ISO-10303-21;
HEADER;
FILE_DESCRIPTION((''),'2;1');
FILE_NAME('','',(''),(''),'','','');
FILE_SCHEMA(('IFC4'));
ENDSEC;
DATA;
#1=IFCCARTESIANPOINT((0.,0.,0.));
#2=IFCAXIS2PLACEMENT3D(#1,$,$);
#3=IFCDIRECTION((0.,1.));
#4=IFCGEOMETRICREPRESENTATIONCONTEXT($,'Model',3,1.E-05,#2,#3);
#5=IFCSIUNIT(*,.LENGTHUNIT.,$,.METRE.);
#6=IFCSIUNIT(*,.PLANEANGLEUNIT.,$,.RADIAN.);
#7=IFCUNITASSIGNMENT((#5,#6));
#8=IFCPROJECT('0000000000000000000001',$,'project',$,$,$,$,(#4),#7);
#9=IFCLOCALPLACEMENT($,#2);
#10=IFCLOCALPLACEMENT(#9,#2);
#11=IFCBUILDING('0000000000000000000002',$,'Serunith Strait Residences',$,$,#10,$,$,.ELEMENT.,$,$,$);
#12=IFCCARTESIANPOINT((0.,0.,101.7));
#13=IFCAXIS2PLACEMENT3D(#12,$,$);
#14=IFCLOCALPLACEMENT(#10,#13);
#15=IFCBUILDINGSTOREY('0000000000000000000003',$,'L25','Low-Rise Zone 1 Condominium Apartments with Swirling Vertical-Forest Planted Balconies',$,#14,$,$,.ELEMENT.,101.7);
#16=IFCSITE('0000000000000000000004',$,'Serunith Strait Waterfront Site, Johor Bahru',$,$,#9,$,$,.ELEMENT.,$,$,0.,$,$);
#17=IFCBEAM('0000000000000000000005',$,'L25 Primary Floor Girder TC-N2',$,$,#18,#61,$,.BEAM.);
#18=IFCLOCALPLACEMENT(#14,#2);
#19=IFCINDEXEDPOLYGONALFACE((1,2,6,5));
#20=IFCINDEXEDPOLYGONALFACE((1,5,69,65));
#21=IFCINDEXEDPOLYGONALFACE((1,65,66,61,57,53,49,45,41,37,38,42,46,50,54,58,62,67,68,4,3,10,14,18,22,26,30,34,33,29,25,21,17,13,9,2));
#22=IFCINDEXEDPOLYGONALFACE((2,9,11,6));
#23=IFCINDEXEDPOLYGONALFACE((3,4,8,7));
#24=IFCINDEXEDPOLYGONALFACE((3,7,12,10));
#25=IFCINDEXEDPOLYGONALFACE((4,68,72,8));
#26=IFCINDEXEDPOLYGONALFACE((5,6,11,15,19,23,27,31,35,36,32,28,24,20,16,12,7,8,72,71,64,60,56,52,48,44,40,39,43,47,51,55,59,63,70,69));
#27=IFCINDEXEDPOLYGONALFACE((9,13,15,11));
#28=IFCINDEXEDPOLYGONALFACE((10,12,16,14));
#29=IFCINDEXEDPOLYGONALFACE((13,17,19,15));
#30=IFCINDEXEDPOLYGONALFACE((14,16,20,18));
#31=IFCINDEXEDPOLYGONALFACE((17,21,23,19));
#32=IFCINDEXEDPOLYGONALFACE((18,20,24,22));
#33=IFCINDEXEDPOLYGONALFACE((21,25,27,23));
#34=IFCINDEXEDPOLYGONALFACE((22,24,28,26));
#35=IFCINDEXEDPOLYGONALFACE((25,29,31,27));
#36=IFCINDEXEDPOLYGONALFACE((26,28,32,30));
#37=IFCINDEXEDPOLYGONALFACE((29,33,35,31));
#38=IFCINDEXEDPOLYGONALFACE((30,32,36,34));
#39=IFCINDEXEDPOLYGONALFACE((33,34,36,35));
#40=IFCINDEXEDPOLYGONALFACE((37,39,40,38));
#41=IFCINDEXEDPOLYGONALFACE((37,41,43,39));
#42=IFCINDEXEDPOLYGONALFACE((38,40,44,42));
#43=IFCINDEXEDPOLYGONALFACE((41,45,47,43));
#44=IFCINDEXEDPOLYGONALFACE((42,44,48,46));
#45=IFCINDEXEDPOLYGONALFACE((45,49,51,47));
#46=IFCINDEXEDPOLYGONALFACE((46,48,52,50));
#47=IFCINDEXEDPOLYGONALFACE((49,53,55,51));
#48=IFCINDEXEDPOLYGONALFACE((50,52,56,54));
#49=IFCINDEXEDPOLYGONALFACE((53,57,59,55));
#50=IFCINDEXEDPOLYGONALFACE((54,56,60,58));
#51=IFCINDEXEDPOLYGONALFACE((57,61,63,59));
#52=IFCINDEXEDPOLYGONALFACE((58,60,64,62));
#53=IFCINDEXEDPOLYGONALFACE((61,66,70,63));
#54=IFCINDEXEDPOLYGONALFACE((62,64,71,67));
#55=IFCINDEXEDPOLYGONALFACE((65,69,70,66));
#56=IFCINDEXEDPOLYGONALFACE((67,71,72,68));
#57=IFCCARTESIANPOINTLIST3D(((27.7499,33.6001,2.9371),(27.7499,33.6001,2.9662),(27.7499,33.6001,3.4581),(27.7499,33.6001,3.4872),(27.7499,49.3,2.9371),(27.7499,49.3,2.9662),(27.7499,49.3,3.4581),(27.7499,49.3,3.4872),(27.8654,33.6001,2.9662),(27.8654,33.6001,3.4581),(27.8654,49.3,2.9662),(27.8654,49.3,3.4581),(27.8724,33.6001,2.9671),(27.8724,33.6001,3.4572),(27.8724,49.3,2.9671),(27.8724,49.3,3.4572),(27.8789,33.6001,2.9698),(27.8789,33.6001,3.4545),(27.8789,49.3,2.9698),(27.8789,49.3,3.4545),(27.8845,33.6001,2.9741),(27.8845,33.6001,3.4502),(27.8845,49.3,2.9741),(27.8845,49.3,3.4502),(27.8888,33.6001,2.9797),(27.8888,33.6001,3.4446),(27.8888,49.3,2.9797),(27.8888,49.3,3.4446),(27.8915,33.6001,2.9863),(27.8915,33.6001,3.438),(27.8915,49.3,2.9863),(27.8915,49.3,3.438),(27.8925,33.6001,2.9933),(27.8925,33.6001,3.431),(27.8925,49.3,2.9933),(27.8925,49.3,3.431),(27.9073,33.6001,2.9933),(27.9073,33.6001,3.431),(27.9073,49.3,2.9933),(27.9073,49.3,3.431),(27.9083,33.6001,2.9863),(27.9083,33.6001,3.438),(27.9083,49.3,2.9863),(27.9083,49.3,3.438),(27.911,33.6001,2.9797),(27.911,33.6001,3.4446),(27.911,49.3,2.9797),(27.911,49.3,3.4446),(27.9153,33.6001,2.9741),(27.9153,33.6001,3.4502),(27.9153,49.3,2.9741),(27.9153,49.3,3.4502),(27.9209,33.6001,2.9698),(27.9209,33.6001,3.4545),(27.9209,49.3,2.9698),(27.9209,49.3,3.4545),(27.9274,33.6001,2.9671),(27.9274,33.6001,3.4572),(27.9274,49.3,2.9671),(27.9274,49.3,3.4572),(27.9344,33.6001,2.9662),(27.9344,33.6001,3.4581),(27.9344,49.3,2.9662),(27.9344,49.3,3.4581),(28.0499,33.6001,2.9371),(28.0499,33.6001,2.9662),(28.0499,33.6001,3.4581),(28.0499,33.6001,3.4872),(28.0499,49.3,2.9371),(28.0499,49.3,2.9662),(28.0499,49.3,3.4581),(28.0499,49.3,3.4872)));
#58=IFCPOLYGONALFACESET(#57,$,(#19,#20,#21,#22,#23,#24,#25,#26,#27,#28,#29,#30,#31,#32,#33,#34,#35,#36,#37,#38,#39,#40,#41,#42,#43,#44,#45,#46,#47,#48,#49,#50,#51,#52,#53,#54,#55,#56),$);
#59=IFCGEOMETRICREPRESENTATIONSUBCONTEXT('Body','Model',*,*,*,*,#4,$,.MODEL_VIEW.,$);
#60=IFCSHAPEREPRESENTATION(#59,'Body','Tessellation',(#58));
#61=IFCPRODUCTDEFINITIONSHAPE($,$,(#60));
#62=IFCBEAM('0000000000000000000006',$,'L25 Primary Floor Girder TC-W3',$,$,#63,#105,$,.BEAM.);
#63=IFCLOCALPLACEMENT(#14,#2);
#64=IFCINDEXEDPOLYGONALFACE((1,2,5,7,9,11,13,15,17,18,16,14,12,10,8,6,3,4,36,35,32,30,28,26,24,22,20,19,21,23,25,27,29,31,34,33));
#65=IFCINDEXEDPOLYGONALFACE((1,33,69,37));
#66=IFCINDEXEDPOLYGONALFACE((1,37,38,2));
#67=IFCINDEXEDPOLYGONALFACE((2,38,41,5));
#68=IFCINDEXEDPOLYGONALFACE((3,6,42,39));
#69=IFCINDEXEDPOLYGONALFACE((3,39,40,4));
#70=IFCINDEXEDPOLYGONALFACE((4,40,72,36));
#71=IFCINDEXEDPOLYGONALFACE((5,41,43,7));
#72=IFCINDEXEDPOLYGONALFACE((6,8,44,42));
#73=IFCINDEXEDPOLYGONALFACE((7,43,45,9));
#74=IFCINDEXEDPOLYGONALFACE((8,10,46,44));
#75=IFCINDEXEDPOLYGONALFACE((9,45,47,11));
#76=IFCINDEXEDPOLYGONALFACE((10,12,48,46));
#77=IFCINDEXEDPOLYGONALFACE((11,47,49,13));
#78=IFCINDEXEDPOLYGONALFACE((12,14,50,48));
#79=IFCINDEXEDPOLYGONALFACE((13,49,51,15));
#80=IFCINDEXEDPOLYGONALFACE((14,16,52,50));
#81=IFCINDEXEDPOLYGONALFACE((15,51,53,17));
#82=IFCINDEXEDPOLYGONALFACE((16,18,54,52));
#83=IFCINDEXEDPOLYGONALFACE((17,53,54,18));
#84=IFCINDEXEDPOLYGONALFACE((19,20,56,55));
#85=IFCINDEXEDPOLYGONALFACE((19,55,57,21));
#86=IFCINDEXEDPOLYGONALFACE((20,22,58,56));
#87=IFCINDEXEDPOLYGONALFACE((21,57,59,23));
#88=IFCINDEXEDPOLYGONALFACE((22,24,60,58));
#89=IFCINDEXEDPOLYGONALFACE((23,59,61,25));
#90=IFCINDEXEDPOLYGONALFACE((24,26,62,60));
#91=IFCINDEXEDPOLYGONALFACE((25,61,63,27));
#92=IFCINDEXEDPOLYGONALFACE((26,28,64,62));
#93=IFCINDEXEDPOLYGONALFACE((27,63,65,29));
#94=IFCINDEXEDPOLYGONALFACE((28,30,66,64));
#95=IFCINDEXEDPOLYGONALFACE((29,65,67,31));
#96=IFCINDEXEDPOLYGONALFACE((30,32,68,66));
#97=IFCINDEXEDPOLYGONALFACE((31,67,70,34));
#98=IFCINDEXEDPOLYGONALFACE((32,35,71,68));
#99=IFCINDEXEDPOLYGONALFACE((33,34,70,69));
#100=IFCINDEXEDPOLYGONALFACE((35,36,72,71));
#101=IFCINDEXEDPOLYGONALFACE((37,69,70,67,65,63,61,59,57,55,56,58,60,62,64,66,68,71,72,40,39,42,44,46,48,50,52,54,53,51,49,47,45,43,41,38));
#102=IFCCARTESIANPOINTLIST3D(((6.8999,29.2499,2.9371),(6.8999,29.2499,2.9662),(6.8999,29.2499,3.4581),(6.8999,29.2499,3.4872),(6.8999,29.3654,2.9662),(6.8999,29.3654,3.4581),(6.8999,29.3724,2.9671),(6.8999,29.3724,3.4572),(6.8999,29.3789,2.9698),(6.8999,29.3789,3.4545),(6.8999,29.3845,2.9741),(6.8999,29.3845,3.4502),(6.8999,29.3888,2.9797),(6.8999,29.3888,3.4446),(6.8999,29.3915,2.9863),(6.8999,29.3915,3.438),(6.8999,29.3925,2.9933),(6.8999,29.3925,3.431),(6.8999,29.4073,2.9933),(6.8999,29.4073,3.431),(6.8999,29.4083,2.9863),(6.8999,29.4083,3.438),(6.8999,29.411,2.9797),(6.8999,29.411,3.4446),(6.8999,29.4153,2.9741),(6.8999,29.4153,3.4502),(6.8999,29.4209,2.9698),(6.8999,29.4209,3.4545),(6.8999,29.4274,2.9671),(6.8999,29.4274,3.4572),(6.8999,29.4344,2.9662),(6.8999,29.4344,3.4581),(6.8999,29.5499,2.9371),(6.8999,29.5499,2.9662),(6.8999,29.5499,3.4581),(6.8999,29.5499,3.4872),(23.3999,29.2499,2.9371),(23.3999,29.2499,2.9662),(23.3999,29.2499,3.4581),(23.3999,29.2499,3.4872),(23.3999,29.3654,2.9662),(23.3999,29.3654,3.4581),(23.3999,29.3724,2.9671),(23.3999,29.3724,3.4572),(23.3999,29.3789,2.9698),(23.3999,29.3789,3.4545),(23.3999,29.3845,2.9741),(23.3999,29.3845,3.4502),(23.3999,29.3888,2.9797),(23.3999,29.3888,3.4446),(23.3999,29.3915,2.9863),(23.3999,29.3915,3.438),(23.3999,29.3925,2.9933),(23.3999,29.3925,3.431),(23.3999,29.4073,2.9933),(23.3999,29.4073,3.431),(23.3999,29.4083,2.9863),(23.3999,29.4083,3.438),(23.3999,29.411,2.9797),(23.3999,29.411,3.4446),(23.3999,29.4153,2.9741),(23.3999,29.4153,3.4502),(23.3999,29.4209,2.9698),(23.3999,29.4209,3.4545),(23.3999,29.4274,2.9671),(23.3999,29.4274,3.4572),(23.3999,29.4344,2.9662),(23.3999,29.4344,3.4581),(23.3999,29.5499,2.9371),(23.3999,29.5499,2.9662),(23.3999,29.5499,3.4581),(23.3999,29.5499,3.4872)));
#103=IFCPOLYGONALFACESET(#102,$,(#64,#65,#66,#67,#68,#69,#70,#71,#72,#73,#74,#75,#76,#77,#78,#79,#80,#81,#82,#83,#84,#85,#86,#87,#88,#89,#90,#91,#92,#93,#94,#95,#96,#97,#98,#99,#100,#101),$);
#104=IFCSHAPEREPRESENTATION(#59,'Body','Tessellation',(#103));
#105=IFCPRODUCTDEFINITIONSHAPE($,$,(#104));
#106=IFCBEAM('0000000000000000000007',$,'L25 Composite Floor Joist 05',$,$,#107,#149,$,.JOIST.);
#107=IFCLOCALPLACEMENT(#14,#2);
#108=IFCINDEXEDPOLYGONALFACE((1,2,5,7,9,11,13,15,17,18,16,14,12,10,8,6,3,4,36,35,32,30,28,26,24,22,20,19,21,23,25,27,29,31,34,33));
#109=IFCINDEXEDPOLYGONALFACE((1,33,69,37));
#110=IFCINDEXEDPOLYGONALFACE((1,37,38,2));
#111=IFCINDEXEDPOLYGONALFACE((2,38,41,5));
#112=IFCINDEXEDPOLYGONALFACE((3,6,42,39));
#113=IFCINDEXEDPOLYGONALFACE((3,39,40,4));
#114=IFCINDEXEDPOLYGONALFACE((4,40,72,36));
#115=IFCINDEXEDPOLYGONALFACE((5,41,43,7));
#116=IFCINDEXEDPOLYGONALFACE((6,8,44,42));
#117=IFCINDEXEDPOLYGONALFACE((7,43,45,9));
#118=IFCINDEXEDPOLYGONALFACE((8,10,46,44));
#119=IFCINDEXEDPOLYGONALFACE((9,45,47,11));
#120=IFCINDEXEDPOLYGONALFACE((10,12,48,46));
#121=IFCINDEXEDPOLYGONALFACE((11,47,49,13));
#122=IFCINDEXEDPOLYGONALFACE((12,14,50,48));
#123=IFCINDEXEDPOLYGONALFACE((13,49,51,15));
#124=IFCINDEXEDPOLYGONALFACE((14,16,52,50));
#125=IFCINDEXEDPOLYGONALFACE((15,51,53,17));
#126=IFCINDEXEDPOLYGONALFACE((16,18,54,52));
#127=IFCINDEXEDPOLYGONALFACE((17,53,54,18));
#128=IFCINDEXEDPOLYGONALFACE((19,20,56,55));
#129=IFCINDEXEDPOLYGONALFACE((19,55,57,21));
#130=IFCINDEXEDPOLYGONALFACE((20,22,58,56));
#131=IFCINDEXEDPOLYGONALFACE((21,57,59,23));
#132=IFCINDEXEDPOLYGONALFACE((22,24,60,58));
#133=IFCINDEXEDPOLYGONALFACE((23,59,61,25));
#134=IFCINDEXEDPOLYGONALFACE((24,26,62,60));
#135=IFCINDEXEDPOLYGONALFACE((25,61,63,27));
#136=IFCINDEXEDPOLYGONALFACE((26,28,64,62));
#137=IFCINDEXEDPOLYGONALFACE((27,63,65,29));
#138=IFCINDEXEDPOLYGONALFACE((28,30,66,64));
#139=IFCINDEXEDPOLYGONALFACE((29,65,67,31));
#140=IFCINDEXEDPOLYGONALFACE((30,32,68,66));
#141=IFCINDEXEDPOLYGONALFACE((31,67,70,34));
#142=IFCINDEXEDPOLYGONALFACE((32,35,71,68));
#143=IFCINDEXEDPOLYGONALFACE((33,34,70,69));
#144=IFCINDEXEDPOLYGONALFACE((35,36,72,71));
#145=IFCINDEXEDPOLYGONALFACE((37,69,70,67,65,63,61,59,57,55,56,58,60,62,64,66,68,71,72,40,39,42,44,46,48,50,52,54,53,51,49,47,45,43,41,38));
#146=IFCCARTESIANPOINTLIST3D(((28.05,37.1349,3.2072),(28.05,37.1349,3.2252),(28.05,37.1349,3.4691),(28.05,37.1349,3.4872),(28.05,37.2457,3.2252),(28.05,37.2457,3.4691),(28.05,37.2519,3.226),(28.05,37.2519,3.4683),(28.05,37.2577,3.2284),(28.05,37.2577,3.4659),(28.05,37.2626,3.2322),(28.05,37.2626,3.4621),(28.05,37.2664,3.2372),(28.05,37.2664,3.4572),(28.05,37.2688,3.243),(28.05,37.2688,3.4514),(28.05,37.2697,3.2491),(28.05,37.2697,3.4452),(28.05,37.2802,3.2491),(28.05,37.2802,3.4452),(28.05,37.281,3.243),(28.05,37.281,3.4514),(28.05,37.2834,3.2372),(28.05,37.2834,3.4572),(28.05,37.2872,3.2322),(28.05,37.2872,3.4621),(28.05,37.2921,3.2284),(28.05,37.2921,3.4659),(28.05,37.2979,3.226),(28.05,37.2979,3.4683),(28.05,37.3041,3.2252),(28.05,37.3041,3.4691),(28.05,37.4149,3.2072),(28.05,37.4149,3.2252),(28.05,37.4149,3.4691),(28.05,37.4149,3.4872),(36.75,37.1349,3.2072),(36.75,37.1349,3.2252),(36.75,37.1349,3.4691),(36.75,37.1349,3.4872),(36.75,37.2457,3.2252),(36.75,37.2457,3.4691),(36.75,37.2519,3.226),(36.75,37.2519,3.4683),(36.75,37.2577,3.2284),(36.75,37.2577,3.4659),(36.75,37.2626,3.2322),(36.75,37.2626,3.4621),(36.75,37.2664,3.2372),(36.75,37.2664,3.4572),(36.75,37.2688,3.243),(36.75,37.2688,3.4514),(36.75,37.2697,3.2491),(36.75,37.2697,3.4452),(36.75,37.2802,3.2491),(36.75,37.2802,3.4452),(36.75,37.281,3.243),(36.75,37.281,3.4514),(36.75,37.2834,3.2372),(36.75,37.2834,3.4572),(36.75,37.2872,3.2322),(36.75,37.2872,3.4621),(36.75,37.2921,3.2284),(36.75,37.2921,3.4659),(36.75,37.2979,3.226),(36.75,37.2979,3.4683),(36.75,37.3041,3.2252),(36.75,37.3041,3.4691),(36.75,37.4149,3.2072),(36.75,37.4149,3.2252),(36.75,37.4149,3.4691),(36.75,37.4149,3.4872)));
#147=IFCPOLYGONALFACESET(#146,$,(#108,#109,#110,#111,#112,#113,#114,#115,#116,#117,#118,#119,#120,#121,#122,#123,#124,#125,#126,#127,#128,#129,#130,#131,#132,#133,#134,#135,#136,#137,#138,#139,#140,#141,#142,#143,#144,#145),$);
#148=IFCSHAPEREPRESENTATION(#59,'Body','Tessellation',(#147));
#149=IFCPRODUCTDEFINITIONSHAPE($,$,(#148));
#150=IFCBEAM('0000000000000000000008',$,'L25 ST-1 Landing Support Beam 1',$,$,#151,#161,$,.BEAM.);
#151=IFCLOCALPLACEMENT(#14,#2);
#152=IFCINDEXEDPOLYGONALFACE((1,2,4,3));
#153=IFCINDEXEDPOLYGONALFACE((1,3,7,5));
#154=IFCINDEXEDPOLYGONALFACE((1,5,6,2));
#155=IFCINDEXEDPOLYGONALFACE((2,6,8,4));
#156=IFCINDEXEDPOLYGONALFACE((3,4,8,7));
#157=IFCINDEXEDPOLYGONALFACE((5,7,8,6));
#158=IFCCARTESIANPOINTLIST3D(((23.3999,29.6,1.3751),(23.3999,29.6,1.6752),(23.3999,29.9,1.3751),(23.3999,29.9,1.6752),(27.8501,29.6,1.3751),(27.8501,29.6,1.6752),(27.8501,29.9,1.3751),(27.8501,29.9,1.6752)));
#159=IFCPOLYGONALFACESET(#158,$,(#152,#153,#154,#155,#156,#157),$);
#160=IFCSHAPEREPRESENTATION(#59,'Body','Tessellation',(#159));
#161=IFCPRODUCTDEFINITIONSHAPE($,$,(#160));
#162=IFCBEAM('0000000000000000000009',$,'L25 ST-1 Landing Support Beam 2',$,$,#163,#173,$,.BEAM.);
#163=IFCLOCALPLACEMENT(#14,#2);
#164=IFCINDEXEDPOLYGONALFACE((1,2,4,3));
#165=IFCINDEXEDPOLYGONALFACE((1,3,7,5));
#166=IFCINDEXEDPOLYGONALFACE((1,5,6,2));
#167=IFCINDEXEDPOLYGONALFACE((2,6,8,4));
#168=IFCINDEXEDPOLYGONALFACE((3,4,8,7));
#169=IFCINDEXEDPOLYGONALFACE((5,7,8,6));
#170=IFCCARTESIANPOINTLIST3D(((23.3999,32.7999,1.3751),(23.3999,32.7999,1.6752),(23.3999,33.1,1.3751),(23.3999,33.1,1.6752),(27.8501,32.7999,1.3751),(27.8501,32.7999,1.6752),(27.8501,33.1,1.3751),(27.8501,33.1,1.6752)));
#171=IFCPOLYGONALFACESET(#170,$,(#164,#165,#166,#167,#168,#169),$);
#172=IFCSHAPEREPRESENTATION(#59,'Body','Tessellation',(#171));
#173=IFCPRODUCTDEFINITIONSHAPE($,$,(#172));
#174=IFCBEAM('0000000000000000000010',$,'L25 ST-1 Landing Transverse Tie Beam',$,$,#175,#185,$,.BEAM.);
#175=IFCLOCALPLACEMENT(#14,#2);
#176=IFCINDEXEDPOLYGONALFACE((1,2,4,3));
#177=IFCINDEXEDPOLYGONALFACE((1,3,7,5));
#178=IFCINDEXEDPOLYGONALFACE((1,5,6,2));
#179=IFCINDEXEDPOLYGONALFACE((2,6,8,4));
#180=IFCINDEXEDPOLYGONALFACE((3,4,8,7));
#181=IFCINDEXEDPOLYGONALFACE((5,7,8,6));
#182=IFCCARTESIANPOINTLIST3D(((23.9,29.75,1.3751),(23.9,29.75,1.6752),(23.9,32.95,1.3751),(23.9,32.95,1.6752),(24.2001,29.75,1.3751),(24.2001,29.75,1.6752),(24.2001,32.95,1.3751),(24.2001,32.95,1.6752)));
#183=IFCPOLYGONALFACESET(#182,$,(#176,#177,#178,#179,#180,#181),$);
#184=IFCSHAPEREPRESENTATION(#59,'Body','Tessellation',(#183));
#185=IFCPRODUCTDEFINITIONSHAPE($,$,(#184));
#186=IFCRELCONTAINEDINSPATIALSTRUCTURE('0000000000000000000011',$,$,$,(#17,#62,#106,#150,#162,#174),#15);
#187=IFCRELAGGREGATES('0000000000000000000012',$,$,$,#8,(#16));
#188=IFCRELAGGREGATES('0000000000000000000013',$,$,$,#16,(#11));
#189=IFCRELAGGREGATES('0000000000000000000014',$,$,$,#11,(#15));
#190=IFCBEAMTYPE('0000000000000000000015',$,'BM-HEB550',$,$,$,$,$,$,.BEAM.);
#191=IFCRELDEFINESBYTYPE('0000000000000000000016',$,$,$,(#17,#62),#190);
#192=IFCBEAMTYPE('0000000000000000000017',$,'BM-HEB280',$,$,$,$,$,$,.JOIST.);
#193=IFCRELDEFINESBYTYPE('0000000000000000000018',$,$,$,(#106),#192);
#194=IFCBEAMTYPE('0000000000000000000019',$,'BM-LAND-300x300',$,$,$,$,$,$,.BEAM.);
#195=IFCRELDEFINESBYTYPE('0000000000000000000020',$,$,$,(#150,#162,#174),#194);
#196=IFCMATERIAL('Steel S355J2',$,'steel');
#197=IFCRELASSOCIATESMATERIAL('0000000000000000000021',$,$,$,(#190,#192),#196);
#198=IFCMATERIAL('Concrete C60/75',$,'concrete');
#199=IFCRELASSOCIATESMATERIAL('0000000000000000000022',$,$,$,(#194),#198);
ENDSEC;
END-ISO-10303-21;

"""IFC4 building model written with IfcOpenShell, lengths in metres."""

from ifc_helpers import new_model, si_unit, direction, frame, origin, origin_2d, place, context, subcontext, project, spatial, rectangle, i_section, extrude, source, transform, mapped, material, material_profile, profile_set, type_object, element, save


model = new_model("IFC4")

# Units and contexts
model_context = context("Model", 3, precision=1e-05, world=origin(), true_north=direction((0.0, 1.0)))
body_context = subcontext(model_context, "Body", "Model", "MODEL_VIEW")
ifc_project = project(units=[si_unit("LENGTHUNIT", "METRE"), si_unit("PLANEANGLEUNIT", "RADIAN")], contexts=[model_context])

# Site, building, storey
site_placement = place(None, origin())
site = spatial("IfcSite", under=ifc_project, at=site_placement, Name="Serunith Strait Waterfront Site, Johor Bahru", CompositionType="ELEMENT", RefElevation=0.0)
building_placement = place(site_placement, origin())
building = spatial("IfcBuilding", under=site, at=building_placement, Name="Serunith Strait Residences", CompositionType="ELEMENT")
storey_placement = place(building_placement, frame((0.0, 0.0, 101.7)))
storey = spatial("IfcBuildingStorey", under=building, at=storey_placement, Name="L25", Description="Low-Rise Zone 1 Condominium Apartments with Swirling Vertical-Forest Planted Balconies", CompositionType="ELEMENT", Elevation=101.7)

# Beams
ifc_material_1 = material(Name="Steel S355J2", Category="steel")
ifc_material_profile_1 = material_profile(ifc_material_1, i_section(OverallWidth=0.3, OverallDepth=0.55, WebThickness=0.0149, FlangeThickness=0.0291, FilletRadius=0.0271, at=origin_2d()), Name="HEB 550")
ifc_profile_set_1 = profile_set([ifc_material_profile_1], Name="Steel S355J2")
beam_type_1 = type_object("IfcBeamType", Name="BM-HEB550", PredefinedType="BEAM", material=ifc_profile_set_1)
shared_shape_1 = source(origin(), body_context, "Body", "SweptSolid", [
    extrude(i_section(OverallWidth=0.3, OverallDepth=0.55, WebThickness=0.0149, FlangeThickness=0.0291, FilletRadius=0.0271, at=origin_2d()), origin(), (0.0, 0.0, 1.0), 15.7),
])
beam_1_placement = place(storey_placement, frame((27.8999, 33.6001, 3.2122), z_axis=(0.0, 1.0, 0.0), x_axis=(-1.0, 0.0, 0.0)))
element("IfcBeam", 1, at=beam_1_placement, inside=storey, type_object=beam_type_1, Name="L25 Primary Floor Girder TC-N2", PredefinedType="BEAM", context=body_context, shape_type="MappedRepresentation", body=[
    mapped(shared_shape_1, transform((0.0, 0.0, 0.0), scale=1.0)),
])
shared_shape_2 = source(origin(), body_context, "Body", "SweptSolid", [
    extrude(i_section(OverallWidth=0.3, OverallDepth=0.55, WebThickness=0.0149, FlangeThickness=0.0291, FilletRadius=0.0271, at=origin_2d()), origin(), (0.0, 0.0, 1.0), 16.5),
])
beam_2_placement = place(storey_placement, frame((23.3999, 29.3999, 3.2122), z_axis=(-1.0, 0.0, 0.0), x_axis=(0.0, -1.0, 0.0)))
element("IfcBeam", 2, at=beam_2_placement, inside=storey, type_object=beam_type_1, Name="L25 Primary Floor Girder TC-W3", PredefinedType="BEAM", context=body_context, shape_type="MappedRepresentation", body=[
    mapped(shared_shape_2, transform((0.0, 0.0, 0.0), scale=1.0)),
])
ifc_material_profile_2 = material_profile(ifc_material_1, i_section(OverallWidth=0.28, OverallDepth=0.28, WebThickness=0.0105, FlangeThickness=0.0181, FilletRadius=0.0239, at=origin_2d()), Name="HEB 280")
ifc_profile_set_2 = profile_set([ifc_material_profile_2], Name="Steel S355J2")
beam_type_2 = type_object("IfcBeamType", Name="BM-HEB280", PredefinedType="JOIST", material=ifc_profile_set_2)
shared_shape_3 = source(origin(), body_context, "Body", "SweptSolid", [
    extrude(i_section(OverallWidth=0.28, OverallDepth=0.28, WebThickness=0.0105, FlangeThickness=0.0181, FilletRadius=0.0239, at=origin_2d()), origin(), (0.0, 0.0, 1.0), 8.7),
])
beam_3_placement = place(storey_placement, frame((28.05, 37.2749, 3.3472), z_axis=(1.0, 0.0, 0.0), x_axis=(0.0, 1.0, 0.0)))
element("IfcBeam", 3, at=beam_3_placement, inside=storey, type_object=beam_type_2, Name="L25 Composite Floor Joist 05", PredefinedType="JOIST", context=body_context, shape_type="MappedRepresentation", body=[
    mapped(shared_shape_3, transform((0.0, 0.0, 0.0), scale=1.0)),
])
ifc_material_2 = material(Name="Concrete C60/75", Category="concrete")
ifc_material_profile_3 = material_profile(ifc_material_2, rectangle(XDim=0.3, YDim=0.3, at=origin_2d()), Name="RC 300x300")
ifc_profile_set_3 = profile_set([ifc_material_profile_3], Name="Concrete C60/75")
beam_type_3 = type_object("IfcBeamType", Name="BM-LAND-300x300", PredefinedType="BEAM", material=ifc_profile_set_3)
shared_shape_4 = source(origin(), body_context, "Body", "SweptSolid", [
    extrude(rectangle(XDim=0.3, YDim=0.3, at=origin_2d()), origin(), (0.0, 0.0, 1.0), 4.4502),
])
for number, where, z_axis, x_axis, name in (
    (4, (23.3999, 29.75, 1.5251), (1.0, 0.0, 0.0), (0.0, 1.0, 0.0), "L25 ST-1 Landing Support Beam 1"),
    (5, (23.3999, 32.95, 1.5251), (1.0, 0.0, 0.0), (0.0, 1.0, 0.0), "L25 ST-1 Landing Support Beam 2"),
):
    element("IfcBeam", number, at=place(storey_placement, frame(where, z_axis=z_axis, x_axis=x_axis)), inside=storey, type_object=beam_type_3, Name=name, PredefinedType="BEAM", context=body_context, shape_type="MappedRepresentation", body=[
        mapped(shared_shape_4, transform((0.0, 0.0, 0.0), scale=1.0)),
    ])
shared_shape_5 = source(origin(), body_context, "Body", "SweptSolid", [
    extrude(rectangle(XDim=0.3, YDim=0.3, at=origin_2d()), origin(), (0.0, 0.0, 1.0), 3.2),
])
beam_4_placement = place(storey_placement, frame((24.05, 29.75, 1.5251), z_axis=(0.0, 1.0, 0.0), x_axis=(-1.0, 0.0, 0.0)))
element("IfcBeam", 6, at=beam_4_placement, inside=storey, type_object=beam_type_3, Name="L25 ST-1 Landing Transverse Tie Beam", PredefinedType="BEAM", context=body_context, shape_type="MappedRepresentation", body=[
    mapped(shared_shape_5, transform((0.0, 0.0, 0.0), scale=1.0)),
])

save(model, "model.ifc")
